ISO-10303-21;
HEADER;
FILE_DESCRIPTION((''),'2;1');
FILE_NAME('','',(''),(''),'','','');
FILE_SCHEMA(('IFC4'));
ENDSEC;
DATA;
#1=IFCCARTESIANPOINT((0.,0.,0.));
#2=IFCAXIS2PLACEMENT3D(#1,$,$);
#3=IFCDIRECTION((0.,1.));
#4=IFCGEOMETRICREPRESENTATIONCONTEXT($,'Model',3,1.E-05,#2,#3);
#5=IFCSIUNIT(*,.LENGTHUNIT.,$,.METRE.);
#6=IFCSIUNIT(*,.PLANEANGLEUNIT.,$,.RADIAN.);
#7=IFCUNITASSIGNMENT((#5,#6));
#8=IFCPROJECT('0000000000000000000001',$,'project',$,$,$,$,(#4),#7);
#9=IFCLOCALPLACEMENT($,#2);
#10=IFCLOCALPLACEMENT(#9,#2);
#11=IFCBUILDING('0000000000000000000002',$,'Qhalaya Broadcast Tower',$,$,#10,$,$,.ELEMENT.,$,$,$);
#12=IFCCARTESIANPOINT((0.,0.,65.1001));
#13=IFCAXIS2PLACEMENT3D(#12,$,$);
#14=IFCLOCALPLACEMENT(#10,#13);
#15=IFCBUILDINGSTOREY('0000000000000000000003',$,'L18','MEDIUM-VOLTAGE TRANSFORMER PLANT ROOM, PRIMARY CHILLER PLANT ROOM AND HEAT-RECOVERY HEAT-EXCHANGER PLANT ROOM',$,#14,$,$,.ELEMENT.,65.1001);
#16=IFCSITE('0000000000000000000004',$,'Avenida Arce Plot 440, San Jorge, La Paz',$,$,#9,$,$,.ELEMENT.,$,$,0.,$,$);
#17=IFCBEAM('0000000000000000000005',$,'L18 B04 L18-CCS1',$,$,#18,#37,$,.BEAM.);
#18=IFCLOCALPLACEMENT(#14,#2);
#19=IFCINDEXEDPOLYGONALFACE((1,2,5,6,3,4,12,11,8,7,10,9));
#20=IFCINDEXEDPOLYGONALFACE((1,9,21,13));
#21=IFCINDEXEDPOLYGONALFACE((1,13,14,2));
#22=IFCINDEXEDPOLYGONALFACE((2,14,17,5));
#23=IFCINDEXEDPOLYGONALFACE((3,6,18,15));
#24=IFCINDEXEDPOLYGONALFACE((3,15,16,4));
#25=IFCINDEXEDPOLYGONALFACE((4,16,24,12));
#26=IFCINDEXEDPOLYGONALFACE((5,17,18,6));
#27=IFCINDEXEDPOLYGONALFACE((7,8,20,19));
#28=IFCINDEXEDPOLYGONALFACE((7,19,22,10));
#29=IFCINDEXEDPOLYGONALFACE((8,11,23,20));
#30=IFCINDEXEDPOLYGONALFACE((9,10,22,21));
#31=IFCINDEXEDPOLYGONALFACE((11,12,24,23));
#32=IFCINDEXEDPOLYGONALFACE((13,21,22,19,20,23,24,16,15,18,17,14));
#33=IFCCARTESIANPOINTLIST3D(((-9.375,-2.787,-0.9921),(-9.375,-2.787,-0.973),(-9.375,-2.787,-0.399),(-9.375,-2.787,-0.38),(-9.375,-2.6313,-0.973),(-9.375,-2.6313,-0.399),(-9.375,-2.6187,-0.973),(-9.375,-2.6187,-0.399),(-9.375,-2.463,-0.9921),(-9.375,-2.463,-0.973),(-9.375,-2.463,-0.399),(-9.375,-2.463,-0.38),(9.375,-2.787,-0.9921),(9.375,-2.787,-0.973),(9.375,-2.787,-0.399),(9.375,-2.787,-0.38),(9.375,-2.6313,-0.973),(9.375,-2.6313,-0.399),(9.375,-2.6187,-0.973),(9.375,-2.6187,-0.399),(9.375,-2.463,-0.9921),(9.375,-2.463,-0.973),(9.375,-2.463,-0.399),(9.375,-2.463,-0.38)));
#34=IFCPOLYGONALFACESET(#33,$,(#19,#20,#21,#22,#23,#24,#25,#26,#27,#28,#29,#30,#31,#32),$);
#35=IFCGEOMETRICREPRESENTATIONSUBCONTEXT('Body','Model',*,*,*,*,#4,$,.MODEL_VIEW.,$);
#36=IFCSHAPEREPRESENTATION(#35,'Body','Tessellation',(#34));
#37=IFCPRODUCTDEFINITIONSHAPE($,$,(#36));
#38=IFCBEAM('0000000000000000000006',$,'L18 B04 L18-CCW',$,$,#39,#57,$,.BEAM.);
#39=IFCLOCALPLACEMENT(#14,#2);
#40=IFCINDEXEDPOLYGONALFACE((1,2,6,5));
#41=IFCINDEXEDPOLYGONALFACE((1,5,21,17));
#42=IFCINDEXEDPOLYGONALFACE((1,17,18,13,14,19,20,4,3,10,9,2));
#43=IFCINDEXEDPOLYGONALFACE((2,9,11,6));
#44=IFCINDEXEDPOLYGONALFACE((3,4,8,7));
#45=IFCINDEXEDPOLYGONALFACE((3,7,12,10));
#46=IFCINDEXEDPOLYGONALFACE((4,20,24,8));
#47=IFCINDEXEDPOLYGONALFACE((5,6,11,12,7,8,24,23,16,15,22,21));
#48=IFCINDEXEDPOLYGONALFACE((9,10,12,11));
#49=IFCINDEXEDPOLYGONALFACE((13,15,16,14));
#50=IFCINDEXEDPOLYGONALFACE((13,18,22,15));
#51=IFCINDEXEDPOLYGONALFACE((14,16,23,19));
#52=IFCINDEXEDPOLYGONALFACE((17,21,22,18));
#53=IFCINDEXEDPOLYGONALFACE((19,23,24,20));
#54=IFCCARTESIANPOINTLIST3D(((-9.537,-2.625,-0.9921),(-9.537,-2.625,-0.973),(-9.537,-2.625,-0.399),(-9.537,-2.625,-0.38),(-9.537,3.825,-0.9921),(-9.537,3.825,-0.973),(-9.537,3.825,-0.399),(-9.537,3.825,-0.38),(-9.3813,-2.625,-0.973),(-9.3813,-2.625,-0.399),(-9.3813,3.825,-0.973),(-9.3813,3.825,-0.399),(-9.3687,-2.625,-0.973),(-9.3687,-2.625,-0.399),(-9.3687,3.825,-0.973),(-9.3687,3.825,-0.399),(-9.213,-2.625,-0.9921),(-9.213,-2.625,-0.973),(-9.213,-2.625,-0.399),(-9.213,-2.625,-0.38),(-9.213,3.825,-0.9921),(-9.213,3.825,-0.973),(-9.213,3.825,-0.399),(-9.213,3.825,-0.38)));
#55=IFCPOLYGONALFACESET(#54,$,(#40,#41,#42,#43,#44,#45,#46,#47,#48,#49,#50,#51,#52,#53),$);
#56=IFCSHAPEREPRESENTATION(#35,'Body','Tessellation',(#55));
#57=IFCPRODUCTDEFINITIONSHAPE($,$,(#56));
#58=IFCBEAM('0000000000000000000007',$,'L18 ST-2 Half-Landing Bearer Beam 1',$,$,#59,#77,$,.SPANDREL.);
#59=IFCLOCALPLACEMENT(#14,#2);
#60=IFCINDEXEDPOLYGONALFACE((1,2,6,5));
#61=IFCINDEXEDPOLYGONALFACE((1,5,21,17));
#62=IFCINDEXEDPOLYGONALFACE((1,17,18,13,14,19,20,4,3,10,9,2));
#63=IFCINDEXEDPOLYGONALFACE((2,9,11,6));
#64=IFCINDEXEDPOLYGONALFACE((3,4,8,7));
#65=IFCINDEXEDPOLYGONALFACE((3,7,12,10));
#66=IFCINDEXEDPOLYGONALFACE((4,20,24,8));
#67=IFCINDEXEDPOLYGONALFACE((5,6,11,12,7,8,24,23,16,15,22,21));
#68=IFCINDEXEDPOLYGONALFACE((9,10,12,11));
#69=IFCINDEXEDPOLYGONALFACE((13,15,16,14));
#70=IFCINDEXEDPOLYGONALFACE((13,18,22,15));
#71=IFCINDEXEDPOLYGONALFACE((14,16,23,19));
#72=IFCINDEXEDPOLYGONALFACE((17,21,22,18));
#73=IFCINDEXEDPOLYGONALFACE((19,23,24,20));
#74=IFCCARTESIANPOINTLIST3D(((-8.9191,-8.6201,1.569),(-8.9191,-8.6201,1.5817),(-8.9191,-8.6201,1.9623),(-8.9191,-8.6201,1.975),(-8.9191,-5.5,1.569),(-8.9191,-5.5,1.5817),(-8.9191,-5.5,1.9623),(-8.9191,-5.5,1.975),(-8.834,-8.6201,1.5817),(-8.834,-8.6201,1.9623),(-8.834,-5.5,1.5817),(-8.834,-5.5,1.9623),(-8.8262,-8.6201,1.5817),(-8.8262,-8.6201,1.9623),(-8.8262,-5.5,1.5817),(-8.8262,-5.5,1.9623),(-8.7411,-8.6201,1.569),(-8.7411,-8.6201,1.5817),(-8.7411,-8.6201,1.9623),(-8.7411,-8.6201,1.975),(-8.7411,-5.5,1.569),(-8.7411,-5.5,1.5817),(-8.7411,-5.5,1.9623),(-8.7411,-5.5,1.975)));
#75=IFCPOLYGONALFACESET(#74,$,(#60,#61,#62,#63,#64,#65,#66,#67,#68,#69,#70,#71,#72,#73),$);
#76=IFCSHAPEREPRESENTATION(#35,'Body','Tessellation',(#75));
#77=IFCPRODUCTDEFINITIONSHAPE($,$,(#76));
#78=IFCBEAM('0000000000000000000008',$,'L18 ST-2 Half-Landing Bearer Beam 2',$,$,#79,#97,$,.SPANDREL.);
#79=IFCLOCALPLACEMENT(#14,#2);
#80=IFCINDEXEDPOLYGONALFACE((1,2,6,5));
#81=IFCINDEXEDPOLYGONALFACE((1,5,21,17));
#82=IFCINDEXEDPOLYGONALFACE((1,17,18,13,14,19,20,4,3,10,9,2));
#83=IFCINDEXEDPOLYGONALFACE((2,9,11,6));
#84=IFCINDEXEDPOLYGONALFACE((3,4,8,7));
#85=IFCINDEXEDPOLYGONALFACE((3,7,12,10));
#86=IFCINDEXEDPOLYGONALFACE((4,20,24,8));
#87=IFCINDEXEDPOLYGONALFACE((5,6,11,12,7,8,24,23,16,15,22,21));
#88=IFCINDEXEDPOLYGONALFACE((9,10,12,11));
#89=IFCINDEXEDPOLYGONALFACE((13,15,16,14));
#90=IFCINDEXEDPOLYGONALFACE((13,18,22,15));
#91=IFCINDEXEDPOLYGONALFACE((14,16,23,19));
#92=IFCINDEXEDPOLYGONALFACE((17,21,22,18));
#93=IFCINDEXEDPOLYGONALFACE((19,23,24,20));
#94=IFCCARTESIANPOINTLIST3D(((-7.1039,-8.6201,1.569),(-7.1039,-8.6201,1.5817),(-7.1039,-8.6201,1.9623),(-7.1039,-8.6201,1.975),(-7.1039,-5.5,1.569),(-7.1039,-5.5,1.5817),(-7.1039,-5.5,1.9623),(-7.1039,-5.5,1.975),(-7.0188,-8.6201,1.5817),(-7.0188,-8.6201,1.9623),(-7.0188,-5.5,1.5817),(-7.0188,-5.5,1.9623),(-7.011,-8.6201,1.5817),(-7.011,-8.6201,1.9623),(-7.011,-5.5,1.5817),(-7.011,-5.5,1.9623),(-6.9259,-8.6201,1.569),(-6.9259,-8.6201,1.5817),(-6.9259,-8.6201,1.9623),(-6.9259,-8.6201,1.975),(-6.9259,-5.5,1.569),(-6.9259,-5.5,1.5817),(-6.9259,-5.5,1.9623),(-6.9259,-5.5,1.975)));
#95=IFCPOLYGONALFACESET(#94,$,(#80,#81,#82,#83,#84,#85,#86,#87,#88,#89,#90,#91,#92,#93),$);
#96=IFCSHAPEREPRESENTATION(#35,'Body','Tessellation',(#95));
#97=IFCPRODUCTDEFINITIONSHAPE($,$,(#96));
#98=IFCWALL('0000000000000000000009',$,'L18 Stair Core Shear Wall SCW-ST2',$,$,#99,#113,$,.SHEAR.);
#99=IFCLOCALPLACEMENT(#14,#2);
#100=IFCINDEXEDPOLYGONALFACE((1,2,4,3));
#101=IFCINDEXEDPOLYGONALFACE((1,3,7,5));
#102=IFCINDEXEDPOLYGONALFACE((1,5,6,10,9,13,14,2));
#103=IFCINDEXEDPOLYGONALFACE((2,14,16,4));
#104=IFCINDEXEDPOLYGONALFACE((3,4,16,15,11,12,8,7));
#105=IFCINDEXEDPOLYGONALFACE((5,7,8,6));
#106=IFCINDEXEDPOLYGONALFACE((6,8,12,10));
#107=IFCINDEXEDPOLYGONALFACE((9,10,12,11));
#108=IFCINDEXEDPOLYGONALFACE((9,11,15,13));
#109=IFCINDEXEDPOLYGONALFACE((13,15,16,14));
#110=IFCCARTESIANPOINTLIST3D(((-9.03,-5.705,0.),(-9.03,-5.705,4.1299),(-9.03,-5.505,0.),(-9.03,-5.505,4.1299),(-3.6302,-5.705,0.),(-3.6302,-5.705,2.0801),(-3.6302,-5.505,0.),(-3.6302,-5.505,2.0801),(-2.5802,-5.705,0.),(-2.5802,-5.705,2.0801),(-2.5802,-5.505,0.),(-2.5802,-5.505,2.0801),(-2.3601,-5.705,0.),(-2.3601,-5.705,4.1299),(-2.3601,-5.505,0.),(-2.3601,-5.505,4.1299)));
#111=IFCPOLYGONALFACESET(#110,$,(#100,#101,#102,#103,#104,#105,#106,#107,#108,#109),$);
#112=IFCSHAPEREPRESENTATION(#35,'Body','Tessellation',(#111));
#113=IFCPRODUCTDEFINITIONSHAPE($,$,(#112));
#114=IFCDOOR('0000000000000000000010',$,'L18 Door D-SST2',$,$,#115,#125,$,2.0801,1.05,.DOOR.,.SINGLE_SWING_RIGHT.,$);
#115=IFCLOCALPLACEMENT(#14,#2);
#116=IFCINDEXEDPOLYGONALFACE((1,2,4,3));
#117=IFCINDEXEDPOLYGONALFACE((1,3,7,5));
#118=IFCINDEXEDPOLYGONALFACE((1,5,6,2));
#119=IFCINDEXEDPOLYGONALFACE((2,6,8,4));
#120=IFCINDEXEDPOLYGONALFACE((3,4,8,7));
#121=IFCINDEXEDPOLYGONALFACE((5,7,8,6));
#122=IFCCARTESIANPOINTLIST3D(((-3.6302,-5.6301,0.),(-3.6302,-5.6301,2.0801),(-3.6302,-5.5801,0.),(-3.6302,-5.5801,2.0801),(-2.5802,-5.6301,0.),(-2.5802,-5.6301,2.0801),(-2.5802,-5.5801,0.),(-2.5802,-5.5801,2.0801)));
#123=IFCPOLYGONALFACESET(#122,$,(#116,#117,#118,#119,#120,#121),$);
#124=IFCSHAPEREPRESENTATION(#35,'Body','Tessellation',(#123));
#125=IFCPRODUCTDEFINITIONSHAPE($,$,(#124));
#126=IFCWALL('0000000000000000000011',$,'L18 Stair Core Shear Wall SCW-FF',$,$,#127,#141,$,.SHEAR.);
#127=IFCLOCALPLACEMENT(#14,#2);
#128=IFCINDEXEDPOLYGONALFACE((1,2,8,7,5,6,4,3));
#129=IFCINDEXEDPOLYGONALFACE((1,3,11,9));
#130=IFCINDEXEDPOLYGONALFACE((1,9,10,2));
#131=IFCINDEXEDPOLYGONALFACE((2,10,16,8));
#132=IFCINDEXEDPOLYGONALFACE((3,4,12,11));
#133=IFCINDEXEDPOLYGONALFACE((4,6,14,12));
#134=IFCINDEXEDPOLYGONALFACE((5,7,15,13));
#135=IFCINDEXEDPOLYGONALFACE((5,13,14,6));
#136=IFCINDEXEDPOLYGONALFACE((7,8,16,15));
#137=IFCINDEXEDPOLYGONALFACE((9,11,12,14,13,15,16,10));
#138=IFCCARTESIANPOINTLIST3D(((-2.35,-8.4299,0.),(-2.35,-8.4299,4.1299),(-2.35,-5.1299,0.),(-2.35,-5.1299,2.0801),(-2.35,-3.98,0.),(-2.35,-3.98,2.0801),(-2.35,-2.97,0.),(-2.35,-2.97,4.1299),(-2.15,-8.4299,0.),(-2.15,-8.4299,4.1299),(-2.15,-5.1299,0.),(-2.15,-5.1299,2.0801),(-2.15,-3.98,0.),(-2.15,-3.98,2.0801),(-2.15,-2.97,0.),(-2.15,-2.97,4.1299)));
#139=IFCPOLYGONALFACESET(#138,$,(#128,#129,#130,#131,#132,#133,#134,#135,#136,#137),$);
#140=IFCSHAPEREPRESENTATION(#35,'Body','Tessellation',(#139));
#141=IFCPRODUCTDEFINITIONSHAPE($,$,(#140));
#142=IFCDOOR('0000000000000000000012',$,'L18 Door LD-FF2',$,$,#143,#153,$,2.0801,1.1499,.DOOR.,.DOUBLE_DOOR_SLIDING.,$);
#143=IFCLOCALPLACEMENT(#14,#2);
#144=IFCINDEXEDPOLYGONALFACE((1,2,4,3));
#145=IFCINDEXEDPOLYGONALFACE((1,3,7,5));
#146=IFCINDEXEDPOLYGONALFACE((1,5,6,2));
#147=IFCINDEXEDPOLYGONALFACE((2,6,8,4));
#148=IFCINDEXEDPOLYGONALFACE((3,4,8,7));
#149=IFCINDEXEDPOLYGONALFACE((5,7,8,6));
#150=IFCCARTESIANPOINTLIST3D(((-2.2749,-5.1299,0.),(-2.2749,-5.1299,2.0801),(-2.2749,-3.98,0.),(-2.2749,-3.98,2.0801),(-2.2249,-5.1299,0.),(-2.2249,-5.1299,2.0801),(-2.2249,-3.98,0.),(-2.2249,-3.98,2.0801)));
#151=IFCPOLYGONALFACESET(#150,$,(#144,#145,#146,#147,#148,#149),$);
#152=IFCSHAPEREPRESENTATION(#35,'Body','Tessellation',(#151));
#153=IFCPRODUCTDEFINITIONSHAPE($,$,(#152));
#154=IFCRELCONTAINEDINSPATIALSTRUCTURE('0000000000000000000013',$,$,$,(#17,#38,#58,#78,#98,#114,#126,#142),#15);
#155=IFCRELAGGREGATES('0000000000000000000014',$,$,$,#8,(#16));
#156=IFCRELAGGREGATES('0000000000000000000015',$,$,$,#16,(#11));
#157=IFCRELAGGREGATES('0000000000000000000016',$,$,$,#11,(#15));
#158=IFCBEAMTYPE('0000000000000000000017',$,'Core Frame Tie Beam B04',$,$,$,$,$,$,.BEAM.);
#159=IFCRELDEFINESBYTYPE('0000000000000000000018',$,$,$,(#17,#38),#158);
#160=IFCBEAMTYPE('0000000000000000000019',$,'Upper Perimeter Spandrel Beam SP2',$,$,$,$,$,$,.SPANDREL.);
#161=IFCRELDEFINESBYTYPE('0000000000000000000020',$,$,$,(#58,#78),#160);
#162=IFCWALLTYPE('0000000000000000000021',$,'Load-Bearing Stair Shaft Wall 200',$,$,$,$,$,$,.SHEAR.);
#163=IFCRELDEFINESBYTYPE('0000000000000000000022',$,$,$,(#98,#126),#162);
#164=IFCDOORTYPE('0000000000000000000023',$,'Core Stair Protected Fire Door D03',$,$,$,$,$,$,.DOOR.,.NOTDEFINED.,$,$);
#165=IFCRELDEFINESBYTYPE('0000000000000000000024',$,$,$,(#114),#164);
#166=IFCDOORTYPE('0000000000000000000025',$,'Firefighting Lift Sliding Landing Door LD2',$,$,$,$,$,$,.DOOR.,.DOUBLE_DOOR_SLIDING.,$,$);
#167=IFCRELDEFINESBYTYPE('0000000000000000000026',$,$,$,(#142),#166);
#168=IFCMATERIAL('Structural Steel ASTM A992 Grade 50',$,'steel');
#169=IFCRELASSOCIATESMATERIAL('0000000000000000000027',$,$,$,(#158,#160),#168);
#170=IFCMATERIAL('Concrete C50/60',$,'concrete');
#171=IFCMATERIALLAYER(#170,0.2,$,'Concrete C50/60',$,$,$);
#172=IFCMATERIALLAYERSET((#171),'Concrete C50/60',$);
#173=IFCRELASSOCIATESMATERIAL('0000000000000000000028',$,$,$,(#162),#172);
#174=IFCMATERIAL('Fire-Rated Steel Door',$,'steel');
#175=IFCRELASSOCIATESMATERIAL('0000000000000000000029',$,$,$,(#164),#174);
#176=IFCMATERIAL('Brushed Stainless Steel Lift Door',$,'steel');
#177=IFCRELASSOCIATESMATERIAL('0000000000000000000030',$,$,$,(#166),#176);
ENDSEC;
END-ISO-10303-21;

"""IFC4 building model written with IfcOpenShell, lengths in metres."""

from ifc_helpers import new_model, si_unit, direction, frame, frame_2d, origin, origin_2d, place, context, subcontext, project, spatial, rectangle, i_section, extrude, material, layer, layer_set, material_profile, profile_set, type_object, element, fill, save


model = new_model("IFC4")

# Units and contexts
model_context = context("Model", 3, precision=1e-05, world=origin(), true_north=direction((0.0, 1.0)))
body_context = subcontext(model_context, "Body", "Model", "MODEL_VIEW")
ifc_project = project(units=[si_unit("LENGTHUNIT", "METRE"), si_unit("PLANEANGLEUNIT", "RADIAN")], contexts=[model_context])

# Site, building, storey
site_placement = place(None, origin())
site = spatial("IfcSite", under=ifc_project, at=site_placement, Name="Avenida Arce Plot 440, San Jorge, La Paz", CompositionType="ELEMENT", RefElevation=0.0)
building_placement = place(site_placement, origin())
building = spatial("IfcBuilding", under=site, at=building_placement, Name="Qhalaya Broadcast Tower", CompositionType="ELEMENT")
storey_placement = place(building_placement, frame((0.0, 0.0, 65.1001)))
storey = spatial("IfcBuildingStorey", under=building, at=storey_placement, Name="L18", Description="MEDIUM-VOLTAGE TRANSFORMER PLANT ROOM, PRIMARY CHILLER PLANT ROOM AND HEAT-RECOVERY HEAT-EXCHANGER PLANT ROOM", CompositionType="ELEMENT", Elevation=65.1001)

# Beams
ifc_material_1 = material(Name="Structural Steel ASTM A992 Grade 50", Category="steel")
ifc_material_profile_1 = material_profile(ifc_material_1, i_section(OverallWidth=0.324, OverallDepth=0.6121, WebThickness=0.0127, FlangeThickness=0.019, at=origin_2d()), Name="W24X104")
ifc_profile_set_1 = profile_set([ifc_material_profile_1], Name="Structural Steel ASTM A992 Grade 50")
beam_type_1 = type_object("IfcBeamType", Name="Core Frame Tie Beam B04", PredefinedType="BEAM", material=ifc_profile_set_1)
beam_1_placement = place(storey_placement, frame((-9.375, -2.625, -0.686), z_axis=(1.0, 0.0, 0.0), x_axis=(0.0, 1.0, 0.0)))
element("IfcBeam", 1, at=beam_1_placement, inside=storey, type_object=beam_type_1, Name="L18 B04 L18-CCS1", PredefinedType="BEAM", context=body_context, shape_type="SweptSolid", body=[
    extrude(i_section(OverallWidth=0.324, OverallDepth=0.6121, WebThickness=0.0127, FlangeThickness=0.019, at=origin_2d()), origin(), (0.0, 0.0, 1.0), 18.75),
])
beam_2_placement = place(storey_placement, frame((-9.375, -2.625, -0.686), z_axis=(0.0, 1.0, 0.0), x_axis=(-1.0, 0.0, 0.0)))
element("IfcBeam", 2, at=beam_2_placement, inside=storey, type_object=beam_type_1, Name="L18 B04 L18-CCW", PredefinedType="BEAM", context=body_context, shape_type="SweptSolid", body=[
    extrude(i_section(OverallWidth=0.324, OverallDepth=0.6121, WebThickness=0.0127, FlangeThickness=0.019, at=origin_2d()), origin(), (0.0, 0.0, 1.0), 6.45),
])
ifc_material_profile_2 = material_profile(ifc_material_1, i_section(OverallWidth=0.178, OverallDepth=0.406, WebThickness=0.0078, FlangeThickness=0.0127, at=origin_2d()), Name="W16X40")
ifc_profile_set_2 = profile_set([ifc_material_profile_2], Name="Structural Steel ASTM A992 Grade 50")
beam_type_2 = type_object("IfcBeamType", Name="Upper Perimeter Spandrel Beam SP2", PredefinedType="SPANDREL", material=ifc_profile_set_2)
for number, where, z_axis, x_axis, name in (
    (3, (-8.8301, -8.6201, 1.772), (0.0, 1.0, 0.0), (-1.0, 0.0, 0.0), "L18 ST-2 Half-Landing Bearer Beam 1"),
    (4, (-7.0149, -8.6201, 1.772), (0.0, 1.0, 0.0), (-1.0, 0.0, 0.0), "L18 ST-2 Half-Landing Bearer Beam 2"),
):
    element("IfcBeam", number, at=place(storey_placement, frame(where, z_axis=z_axis, x_axis=x_axis)), inside=storey, type_object=beam_type_2, Name=name, PredefinedType="SPANDREL", context=body_context, shape_type="SweptSolid", body=[
        extrude(i_section(OverallWidth=0.178, OverallDepth=0.406, WebThickness=0.0078, FlangeThickness=0.0127, at=origin_2d()), origin(), (0.0, 0.0, 1.0), 3.1201),
    ])

# Walls, openings, doors
ifc_material_2 = material(Name="Concrete C50/60", Category="concrete")
ifc_layer_1 = layer(ifc_material_2, 0.2, Name="Concrete C50/60")
ifc_layer_set_1 = layer_set([ifc_layer_1], Name="Concrete C50/60")
wall_type_1 = type_object("IfcWallType", Name="Load-Bearing Stair Shaft Wall 200", PredefinedType="SHEAR", material=ifc_layer_set_1)
wall_1_placement = place(storey_placement, frame((-9.03, -5.605, 0.0), z_axis=(0.0, 0.0, 1.0), x_axis=(1.0, 0.0, 0.0)))
wall_1 = element("IfcWall", 5, at=wall_1_placement, inside=storey, type_object=wall_type_1, Name="L18 Stair Core Shear Wall SCW-ST2", PredefinedType="SHEAR", context=body_context, shape_type="SweptSolid", body=[
    extrude(rectangle(XDim=6.6699, YDim=0.2, at=frame_2d((3.335, 0.0))), origin(), (0.0, 0.0, 1.0), 4.1299),
])
opening_1_placement = place(wall_1_placement, frame((5.3999, 0.0, 0.0)))
opening_1 = element("IfcOpeningElement", 6, at=opening_1_placement, cuts=wall_1, PredefinedType="OPENING", context=body_context, shape_type="SweptSolid", body=[
    extrude(rectangle(XDim=1.05, YDim=2.0801, at=frame_2d((0.5249, 1.04))), frame((0.0, 0.1121, 0.0), z_axis=(0.0, -1.0, 0.0), x_axis=(1.0, 0.0, 0.0)), (0.0, 0.0, 1.0), 0.2239),
])
ifc_material_3 = material(Name="Fire-Rated Steel Door", Category="steel")
door_type_1 = type_object("IfcDoorType", Name="Core Stair Protected Fire Door D03", OperationType="NOTDEFINED", PredefinedType="DOOR", material=ifc_material_3)
door_1_placement = place(opening_1_placement, origin())
door_1 = element("IfcDoor", 7, at=door_1_placement, inside=storey, type_object=door_type_1, Name="L18 Door D-SST2", OperationType="SINGLE_SWING_RIGHT", OverallHeight=2.0801, OverallWidth=1.05, PredefinedType="DOOR", context=body_context, shape_type="SweptSolid", body=[
    extrude(rectangle(XDim=1.05, YDim=2.0801, at=frame_2d((0.5249, 1.04))), frame((0.0, 0.0249, 0.0), z_axis=(0.0, -1.0, 0.0), x_axis=(1.0, 0.0, 0.0)), (0.0, 0.0, 1.0), 0.05),
])
fill(opening_1, door_1)
wall_2_placement = place(storey_placement, frame((-2.25, -8.4299, 0.0), z_axis=(0.0, 0.0, 1.0), x_axis=(0.0, 1.0, 0.0)))
wall_2 = element("IfcWall", 8, at=wall_2_placement, inside=storey, type_object=wall_type_1, Name="L18 Stair Core Shear Wall SCW-FF", PredefinedType="SHEAR", context=body_context, shape_type="SweptSolid", body=[
    extrude(rectangle(XDim=5.46, YDim=0.2, at=frame_2d((2.73, 0.0))), origin(), (0.0, 0.0, 1.0), 4.1299),
])
opening_2_placement = place(wall_2_placement, frame((3.3, 0.0, 0.0)))
opening_2 = element("IfcOpeningElement", 9, at=opening_2_placement, cuts=wall_2, PredefinedType="OPENING", context=body_context, shape_type="SweptSolid", body=[
    extrude(rectangle(XDim=1.1499, YDim=2.0801, at=frame_2d((0.575, 1.04))), frame((0.0, 0.1121, 0.0), z_axis=(0.0, -1.0, 0.0), x_axis=(1.0, 0.0, 0.0)), (0.0, 0.0, 1.0), 0.2239),
])
ifc_material_4 = material(Name="Brushed Stainless Steel Lift Door", Category="steel")
door_type_2 = type_object("IfcDoorType", Name="Firefighting Lift Sliding Landing Door LD2", OperationType="DOUBLE_DOOR_SLIDING", PredefinedType="DOOR", material=ifc_material_4)
door_2_placement = place(opening_2_placement, origin())
door_2 = element("IfcDoor", 10, at=door_2_placement, inside=storey, type_object=door_type_2, Name="L18 Door LD-FF2", OperationType="DOUBLE_DOOR_SLIDING", OverallHeight=2.0801, OverallWidth=1.1499, PredefinedType="DOOR", context=body_context, shape_type="SweptSolid", body=[
    extrude(rectangle(XDim=1.1499, YDim=2.0801, at=frame_2d((0.575, 1.04))), frame((0.0, 0.0249, 0.0), z_axis=(0.0, -1.0, 0.0), x_axis=(1.0, 0.0, 0.0)), (0.0, 0.0, 1.0), 0.05),
])
fill(opening_2, door_2)

save(model, "model.ifc")
